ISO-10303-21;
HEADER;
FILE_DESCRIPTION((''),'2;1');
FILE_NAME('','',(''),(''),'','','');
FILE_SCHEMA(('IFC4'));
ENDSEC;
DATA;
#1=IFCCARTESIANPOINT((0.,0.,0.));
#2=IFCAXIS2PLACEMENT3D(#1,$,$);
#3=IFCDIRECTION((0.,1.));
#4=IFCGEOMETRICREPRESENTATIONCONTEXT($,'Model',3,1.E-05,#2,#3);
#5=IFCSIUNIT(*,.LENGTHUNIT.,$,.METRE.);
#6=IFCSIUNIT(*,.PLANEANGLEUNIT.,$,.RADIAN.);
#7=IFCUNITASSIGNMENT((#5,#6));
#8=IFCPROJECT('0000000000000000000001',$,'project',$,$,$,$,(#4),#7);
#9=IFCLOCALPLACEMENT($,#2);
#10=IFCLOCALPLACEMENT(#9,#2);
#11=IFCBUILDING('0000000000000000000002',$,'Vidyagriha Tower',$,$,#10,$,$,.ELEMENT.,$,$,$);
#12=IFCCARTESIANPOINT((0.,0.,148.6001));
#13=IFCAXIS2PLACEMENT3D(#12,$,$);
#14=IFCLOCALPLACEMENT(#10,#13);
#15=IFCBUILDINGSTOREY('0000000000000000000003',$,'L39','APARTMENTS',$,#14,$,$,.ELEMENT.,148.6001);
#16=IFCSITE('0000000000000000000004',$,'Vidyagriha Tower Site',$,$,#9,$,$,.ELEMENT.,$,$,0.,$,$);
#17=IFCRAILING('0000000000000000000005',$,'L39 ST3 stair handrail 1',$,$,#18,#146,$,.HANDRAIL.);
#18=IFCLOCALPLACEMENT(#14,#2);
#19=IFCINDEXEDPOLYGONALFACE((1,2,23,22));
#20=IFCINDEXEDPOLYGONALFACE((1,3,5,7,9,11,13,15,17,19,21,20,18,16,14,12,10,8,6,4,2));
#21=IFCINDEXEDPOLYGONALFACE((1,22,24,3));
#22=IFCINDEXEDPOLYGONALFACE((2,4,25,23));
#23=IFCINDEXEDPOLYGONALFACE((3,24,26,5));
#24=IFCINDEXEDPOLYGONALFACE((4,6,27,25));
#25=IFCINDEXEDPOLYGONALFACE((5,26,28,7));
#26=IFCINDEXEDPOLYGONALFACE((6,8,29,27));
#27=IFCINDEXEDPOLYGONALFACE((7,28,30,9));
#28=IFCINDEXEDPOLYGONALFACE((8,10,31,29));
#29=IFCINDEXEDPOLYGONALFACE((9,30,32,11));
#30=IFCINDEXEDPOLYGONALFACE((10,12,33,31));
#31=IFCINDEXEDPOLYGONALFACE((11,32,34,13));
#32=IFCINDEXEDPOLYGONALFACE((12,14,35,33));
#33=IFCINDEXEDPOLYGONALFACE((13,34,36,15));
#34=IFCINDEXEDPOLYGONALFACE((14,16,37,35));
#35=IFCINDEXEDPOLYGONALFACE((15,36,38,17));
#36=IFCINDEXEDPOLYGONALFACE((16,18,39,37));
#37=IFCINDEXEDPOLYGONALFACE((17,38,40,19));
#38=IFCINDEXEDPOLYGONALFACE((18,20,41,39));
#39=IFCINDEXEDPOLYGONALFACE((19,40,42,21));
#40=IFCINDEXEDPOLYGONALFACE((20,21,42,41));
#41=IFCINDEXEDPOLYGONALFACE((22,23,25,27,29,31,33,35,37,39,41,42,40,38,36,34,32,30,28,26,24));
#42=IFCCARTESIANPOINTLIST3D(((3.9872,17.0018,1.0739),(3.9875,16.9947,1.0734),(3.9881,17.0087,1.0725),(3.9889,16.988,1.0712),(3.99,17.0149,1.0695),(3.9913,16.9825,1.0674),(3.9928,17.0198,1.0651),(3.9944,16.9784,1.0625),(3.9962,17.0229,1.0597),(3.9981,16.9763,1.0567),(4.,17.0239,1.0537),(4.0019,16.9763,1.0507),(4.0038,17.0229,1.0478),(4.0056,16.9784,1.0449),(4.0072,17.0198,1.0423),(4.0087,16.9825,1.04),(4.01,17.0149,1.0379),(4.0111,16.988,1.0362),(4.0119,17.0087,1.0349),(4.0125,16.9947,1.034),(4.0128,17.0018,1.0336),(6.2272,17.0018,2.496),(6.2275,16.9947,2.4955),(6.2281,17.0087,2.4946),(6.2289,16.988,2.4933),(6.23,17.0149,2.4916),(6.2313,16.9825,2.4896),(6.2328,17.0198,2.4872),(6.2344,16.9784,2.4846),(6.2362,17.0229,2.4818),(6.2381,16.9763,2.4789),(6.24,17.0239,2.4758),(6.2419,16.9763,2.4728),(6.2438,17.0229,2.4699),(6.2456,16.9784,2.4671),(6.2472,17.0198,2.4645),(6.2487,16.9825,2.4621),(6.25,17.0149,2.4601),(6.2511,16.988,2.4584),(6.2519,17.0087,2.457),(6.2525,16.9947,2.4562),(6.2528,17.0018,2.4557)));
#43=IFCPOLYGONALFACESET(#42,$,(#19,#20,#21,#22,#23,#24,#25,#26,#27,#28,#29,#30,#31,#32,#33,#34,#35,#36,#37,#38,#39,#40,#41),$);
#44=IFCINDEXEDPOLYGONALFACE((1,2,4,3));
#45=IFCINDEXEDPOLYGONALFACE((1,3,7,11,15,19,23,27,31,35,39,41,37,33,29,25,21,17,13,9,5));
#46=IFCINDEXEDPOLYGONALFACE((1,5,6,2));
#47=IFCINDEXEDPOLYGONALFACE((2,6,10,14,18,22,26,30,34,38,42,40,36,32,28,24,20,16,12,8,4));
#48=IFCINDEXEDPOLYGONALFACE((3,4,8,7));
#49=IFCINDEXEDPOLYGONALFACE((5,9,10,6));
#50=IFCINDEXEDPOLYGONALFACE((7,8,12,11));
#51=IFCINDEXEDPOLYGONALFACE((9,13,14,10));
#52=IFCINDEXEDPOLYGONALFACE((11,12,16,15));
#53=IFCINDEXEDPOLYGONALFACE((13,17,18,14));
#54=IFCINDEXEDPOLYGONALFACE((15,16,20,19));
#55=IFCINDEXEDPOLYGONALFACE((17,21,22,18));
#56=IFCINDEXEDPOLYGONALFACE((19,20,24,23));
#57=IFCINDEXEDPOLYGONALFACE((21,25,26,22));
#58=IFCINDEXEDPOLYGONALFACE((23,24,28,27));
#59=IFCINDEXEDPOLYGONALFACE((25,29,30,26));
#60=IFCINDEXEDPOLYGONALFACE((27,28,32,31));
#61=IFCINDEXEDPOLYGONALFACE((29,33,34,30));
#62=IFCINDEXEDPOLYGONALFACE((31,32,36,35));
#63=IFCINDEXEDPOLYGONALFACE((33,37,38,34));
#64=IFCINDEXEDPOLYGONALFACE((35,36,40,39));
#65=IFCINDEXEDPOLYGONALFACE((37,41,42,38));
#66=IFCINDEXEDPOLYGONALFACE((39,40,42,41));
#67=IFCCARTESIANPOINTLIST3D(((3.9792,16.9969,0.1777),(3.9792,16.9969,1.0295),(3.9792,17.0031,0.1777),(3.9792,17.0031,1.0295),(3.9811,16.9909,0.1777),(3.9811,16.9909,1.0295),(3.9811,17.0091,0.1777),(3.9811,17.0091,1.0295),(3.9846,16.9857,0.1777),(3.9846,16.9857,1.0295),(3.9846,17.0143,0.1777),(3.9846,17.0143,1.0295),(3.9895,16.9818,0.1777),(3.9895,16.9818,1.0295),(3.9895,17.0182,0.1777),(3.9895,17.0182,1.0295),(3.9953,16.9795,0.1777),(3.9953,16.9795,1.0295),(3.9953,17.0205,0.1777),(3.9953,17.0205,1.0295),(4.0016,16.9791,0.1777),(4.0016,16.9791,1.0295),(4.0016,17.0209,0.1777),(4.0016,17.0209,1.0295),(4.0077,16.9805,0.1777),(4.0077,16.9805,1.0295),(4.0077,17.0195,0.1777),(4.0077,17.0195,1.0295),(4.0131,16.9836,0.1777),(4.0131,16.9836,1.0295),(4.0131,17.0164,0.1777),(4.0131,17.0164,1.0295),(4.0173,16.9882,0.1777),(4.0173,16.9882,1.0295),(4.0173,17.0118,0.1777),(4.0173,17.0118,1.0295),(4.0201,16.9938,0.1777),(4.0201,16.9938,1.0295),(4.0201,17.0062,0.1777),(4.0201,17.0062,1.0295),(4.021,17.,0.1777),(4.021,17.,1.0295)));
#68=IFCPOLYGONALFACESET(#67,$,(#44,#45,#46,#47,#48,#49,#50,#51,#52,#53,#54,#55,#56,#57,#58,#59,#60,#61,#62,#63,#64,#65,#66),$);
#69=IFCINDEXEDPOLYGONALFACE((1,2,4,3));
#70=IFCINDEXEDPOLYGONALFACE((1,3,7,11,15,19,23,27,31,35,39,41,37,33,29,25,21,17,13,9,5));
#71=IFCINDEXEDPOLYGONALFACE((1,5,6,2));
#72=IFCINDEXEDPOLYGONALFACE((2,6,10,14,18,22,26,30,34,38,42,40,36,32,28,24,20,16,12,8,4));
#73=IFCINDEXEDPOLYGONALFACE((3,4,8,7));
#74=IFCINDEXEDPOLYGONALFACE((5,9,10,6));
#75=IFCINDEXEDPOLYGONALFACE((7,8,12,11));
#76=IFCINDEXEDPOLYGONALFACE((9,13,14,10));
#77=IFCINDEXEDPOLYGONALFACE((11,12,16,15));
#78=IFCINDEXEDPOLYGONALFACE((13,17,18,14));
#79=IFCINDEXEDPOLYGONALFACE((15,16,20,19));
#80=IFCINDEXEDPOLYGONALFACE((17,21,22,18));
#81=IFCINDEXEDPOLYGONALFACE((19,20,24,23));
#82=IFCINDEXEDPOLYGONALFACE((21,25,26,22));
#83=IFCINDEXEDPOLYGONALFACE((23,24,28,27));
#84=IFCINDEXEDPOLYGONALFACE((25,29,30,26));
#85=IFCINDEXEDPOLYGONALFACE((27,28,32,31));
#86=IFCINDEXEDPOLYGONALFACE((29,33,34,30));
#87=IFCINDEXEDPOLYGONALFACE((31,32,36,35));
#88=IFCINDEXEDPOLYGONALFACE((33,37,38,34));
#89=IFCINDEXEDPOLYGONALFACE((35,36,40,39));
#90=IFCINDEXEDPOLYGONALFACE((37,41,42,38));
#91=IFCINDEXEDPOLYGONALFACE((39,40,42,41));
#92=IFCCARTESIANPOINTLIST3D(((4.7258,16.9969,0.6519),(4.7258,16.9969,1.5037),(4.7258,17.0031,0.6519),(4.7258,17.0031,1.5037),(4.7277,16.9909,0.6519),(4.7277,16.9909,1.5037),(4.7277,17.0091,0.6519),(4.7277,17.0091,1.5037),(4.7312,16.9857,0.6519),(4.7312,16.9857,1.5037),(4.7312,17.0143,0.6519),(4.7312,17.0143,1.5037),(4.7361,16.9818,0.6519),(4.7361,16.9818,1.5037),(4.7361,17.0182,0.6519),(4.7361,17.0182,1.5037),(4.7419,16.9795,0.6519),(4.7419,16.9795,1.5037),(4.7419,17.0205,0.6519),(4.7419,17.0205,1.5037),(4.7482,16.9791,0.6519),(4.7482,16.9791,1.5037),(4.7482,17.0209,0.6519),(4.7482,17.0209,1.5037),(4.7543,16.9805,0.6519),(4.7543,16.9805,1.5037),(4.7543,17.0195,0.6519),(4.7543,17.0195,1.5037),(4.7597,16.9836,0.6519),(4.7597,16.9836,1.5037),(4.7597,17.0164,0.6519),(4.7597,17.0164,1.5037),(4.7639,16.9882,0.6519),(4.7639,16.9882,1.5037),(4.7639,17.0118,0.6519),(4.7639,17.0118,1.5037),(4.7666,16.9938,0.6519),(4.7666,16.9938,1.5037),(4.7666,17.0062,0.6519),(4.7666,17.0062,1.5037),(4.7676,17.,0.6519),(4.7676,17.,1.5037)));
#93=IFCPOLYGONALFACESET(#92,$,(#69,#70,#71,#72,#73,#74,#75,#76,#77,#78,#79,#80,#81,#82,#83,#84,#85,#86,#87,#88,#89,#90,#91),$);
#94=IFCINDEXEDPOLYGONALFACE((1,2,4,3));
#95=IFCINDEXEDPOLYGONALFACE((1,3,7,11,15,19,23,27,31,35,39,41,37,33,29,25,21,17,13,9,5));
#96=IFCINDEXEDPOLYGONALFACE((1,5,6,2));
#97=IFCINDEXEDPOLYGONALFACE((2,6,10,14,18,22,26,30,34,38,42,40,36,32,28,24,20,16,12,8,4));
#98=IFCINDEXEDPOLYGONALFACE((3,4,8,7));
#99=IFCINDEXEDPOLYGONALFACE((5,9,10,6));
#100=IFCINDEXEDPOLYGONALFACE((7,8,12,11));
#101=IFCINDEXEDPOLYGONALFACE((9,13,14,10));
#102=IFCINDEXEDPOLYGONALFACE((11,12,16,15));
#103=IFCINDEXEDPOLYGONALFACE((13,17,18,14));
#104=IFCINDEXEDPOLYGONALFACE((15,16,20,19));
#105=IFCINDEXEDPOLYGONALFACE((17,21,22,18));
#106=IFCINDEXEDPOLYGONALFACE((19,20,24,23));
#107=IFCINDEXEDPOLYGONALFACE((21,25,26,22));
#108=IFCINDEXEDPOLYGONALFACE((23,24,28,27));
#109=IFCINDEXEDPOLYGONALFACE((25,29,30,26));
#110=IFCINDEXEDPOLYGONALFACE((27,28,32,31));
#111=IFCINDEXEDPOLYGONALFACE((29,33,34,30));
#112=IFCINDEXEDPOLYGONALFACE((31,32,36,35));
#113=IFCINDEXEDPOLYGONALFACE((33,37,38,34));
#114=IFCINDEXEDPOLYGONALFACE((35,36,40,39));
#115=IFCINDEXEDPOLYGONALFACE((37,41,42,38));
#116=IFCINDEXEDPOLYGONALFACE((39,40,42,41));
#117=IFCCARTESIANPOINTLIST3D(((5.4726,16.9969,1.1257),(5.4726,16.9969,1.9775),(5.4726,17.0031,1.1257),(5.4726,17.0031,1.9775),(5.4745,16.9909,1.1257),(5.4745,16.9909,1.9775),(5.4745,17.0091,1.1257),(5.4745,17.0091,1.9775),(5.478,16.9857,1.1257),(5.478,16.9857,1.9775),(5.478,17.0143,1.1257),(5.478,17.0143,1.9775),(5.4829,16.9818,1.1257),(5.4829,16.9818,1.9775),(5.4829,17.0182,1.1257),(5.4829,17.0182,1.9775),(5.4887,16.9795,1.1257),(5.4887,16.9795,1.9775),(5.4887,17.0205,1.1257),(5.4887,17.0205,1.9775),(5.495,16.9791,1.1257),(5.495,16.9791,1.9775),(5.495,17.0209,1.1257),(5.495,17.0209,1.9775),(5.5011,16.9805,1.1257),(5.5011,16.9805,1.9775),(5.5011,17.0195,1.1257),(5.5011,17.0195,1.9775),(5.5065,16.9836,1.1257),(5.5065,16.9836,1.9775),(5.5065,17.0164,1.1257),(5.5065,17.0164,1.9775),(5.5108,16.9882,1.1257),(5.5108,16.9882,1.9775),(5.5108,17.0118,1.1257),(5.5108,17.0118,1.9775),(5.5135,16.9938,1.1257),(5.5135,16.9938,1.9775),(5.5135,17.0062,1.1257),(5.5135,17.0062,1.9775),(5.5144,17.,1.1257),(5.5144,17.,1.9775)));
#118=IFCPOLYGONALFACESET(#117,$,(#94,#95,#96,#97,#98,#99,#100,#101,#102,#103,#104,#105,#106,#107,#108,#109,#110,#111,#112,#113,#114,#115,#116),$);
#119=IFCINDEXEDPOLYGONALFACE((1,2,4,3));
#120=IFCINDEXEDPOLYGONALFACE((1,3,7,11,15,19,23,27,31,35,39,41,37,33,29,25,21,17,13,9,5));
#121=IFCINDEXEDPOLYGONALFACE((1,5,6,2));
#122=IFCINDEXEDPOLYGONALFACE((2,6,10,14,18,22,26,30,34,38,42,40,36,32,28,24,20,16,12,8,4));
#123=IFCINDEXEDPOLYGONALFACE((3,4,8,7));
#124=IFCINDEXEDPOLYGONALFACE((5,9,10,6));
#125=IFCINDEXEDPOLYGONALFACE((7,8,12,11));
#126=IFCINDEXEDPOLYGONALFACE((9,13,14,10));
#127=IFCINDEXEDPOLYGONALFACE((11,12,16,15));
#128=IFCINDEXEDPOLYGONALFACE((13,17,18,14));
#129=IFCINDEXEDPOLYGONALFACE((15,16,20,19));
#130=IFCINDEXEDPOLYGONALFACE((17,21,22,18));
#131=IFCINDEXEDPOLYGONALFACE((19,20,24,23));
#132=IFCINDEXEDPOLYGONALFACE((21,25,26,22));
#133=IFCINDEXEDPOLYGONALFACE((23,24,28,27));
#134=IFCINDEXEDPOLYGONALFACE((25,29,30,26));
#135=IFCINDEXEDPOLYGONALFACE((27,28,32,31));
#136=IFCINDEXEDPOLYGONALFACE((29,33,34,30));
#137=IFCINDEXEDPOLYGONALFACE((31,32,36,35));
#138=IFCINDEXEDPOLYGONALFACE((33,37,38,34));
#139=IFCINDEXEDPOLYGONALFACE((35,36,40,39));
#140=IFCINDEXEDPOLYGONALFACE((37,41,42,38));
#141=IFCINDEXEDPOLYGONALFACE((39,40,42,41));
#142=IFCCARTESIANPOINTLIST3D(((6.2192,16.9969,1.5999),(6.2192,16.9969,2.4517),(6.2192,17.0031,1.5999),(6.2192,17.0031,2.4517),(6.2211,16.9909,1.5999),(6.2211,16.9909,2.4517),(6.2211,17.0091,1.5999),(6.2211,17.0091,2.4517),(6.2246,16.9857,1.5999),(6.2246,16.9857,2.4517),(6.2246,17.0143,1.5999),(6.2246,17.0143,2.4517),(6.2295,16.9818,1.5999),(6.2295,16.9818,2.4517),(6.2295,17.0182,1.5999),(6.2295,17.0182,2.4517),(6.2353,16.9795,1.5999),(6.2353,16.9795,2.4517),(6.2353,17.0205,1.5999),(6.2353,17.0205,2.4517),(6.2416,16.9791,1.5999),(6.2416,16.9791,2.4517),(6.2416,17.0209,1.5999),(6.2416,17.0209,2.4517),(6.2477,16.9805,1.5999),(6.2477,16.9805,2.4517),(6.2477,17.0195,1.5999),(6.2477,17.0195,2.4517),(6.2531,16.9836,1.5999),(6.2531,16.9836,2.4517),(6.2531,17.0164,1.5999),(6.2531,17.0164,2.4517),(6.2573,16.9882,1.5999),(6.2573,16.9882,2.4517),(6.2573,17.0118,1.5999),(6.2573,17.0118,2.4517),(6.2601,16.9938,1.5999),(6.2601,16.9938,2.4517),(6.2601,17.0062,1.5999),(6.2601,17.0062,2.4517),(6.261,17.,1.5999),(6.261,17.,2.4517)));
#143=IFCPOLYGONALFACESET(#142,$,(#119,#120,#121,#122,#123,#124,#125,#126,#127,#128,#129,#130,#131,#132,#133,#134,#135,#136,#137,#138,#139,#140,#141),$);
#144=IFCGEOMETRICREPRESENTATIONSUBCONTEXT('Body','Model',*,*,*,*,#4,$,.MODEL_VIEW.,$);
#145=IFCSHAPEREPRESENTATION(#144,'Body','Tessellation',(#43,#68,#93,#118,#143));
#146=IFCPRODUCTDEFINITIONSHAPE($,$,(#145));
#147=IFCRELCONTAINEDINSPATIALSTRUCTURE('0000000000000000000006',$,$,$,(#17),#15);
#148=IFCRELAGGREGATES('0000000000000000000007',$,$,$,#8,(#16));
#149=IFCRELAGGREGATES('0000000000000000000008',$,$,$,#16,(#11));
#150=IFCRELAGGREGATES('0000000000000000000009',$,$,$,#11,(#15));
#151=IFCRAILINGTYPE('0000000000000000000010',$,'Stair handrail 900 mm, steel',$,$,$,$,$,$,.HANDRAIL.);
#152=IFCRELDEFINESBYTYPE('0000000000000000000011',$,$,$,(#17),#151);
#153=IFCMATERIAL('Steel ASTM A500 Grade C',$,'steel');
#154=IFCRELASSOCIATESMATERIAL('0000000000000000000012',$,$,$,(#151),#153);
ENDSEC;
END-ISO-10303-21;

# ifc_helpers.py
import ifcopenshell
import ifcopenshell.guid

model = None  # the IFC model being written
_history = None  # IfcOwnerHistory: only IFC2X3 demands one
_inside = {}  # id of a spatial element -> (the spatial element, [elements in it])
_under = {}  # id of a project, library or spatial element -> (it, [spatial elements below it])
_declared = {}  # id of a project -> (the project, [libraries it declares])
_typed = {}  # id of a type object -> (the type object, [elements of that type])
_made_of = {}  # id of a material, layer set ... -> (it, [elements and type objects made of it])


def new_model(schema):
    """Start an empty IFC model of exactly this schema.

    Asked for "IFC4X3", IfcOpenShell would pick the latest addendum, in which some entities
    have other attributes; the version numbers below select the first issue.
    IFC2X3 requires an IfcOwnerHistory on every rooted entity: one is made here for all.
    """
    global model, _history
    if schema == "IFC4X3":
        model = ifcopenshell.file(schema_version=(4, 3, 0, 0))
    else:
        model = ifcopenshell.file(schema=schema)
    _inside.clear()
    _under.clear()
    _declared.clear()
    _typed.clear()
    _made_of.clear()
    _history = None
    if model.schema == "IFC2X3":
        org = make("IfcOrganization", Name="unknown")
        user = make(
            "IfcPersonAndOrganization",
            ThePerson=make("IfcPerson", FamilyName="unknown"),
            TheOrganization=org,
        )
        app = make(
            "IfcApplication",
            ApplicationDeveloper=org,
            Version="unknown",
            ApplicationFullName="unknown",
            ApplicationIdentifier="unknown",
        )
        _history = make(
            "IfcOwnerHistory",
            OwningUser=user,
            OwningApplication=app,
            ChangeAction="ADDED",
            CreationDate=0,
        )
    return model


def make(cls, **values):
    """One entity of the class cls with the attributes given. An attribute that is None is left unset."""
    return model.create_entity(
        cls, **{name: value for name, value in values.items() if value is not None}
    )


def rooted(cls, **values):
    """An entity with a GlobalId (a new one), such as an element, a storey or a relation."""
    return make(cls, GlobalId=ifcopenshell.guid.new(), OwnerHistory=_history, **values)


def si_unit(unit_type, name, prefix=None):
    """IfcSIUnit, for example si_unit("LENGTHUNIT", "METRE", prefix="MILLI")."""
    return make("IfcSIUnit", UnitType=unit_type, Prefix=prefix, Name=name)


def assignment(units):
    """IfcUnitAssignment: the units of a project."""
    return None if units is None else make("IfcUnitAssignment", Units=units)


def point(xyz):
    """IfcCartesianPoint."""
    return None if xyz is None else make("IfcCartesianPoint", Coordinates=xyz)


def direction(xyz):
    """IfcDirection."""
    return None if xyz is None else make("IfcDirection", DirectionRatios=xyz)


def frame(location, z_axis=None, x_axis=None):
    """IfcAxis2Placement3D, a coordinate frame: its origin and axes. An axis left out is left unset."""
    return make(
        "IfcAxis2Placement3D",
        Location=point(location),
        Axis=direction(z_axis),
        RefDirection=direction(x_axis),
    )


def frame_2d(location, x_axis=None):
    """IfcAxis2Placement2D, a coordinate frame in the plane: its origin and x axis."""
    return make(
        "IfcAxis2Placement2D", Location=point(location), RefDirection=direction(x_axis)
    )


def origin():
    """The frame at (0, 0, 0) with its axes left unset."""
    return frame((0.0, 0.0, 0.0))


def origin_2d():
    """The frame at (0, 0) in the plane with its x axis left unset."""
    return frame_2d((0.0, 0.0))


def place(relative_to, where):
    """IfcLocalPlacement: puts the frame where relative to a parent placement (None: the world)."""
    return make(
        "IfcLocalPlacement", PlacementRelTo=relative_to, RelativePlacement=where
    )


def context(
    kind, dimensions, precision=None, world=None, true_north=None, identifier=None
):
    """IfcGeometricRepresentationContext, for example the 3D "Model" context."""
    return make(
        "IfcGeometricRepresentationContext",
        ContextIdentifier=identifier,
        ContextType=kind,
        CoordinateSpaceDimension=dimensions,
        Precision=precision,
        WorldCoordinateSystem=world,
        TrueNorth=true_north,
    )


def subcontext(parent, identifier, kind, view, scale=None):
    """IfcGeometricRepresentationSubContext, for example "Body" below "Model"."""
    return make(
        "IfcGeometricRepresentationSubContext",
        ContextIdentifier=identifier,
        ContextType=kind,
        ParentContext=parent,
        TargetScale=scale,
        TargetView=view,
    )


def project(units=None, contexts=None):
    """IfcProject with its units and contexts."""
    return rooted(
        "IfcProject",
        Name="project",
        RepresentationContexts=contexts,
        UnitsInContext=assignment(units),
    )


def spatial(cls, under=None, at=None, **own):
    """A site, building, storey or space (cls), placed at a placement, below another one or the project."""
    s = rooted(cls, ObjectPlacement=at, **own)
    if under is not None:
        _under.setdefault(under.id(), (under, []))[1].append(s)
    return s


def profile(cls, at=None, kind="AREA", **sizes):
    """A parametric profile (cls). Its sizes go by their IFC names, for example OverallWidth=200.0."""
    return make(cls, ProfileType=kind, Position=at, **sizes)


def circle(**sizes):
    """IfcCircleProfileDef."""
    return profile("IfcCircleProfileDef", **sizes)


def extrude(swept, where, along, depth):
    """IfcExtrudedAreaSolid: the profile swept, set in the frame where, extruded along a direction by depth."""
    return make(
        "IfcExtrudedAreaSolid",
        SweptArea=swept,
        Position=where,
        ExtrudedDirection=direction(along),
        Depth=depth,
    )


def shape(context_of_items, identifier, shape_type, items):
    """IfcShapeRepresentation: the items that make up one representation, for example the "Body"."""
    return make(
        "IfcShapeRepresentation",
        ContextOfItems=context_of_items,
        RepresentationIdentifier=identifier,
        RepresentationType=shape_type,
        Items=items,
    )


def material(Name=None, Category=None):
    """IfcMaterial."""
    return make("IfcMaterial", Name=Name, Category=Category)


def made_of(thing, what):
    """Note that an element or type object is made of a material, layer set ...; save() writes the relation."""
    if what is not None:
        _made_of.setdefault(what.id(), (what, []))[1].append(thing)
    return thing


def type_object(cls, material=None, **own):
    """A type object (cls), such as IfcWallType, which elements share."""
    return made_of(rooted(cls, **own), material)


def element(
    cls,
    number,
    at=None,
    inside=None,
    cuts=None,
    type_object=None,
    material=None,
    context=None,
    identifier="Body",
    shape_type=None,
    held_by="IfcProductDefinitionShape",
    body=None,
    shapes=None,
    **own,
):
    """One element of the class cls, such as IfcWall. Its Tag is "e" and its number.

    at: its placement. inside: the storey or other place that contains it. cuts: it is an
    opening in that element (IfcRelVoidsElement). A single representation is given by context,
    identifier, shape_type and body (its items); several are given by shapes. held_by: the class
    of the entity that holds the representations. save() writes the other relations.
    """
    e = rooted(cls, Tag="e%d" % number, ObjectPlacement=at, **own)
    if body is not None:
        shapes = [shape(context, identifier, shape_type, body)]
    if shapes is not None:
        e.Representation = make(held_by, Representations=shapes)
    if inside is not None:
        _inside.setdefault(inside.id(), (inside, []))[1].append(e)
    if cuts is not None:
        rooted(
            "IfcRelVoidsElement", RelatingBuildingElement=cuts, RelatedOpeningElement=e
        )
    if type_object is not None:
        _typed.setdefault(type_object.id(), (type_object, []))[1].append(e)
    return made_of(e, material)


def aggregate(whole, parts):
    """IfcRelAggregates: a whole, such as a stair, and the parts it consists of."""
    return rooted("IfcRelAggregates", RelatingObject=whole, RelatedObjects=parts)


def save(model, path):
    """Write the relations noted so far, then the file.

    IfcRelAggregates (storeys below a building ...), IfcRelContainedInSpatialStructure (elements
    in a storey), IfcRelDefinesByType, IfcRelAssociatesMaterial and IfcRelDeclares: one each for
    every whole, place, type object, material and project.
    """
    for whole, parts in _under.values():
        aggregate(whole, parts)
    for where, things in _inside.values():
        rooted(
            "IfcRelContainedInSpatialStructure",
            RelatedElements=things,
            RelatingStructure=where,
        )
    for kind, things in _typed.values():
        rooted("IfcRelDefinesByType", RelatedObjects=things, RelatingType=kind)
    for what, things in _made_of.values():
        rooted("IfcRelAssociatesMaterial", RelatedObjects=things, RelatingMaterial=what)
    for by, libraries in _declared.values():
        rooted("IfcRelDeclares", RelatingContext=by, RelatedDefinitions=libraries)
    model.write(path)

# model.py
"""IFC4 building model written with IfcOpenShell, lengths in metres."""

from ifc_helpers import new_model, si_unit, direction, frame, origin, origin_2d, place, context, subcontext, project, spatial, circle, extrude, material, type_object, element, save


model = new_model("IFC4")

# Units and contexts
model_context = context("Model", 3, precision=1e-05, world=origin(), true_north=direction((0.0, 1.0)))
body_context = subcontext(model_context, "Body", "Model", "MODEL_VIEW")
ifc_project = project(units=[si_unit("LENGTHUNIT", "METRE"), si_unit("PLANEANGLEUNIT", "RADIAN")], contexts=[model_context])

# Site, building, storey
site_placement = place(None, origin())
site = spatial("IfcSite", under=ifc_project, at=site_placement, Name="Vidyagriha Tower Site", CompositionType="ELEMENT", RefElevation=0.0)
building_placement = place(site_placement, origin())
building = spatial("IfcBuilding", under=site, at=building_placement, Name="Vidyagriha Tower", CompositionType="ELEMENT")
storey_placement = place(building_placement, frame((0.0, 0.0, 148.6001)))
storey = spatial("IfcBuildingStorey", under=building, at=storey_placement, Name="L39", Description="APARTMENTS", CompositionType="ELEMENT", Elevation=148.6001)

# Railing
ifc_material_1 = material(Name="Steel ASTM A500 Grade C", Category="steel")
railing_type_1 = type_object("IfcRailingType", Name="Stair handrail 900 mm, steel", PredefinedType="HANDRAIL", material=ifc_material_1)
railing_1_placement = place(storey_placement, frame((4.0, 17.0, 0.1777)))
element("IfcRailing", 1, at=railing_1_placement, inside=storey, type_object=railing_type_1, Name="L39 ST3 stair handrail 1", PredefinedType="HANDRAIL", context=body_context, shape_type="SweptSolid", body=[
    extrude(circle(Radius=0.0239, at=origin_2d()), frame((0.0, 0.0, 0.876), z_axis=(0.844229, 0.0, 0.535982), x_axis=(0.0, 1.0, 0.0)), (0.0, 0.0, 1.0), 2.6533),
    extrude(circle(Radius=0.021, at=origin_2d()), origin(), (0.0, 0.0, 1.0), 0.8518),
    extrude(circle(Radius=0.021, at=origin_2d()), frame((0.7466, 0.0, 0.4741)), (0.0, 0.0, 1.0), 0.8518),
    extrude(circle(Radius=0.021, at=origin_2d()), frame((1.4934, 0.0, 0.948)), (0.0, 0.0, 1.0), 0.8518),
    extrude(circle(Radius=0.021, at=origin_2d()), frame((2.24, 0.0, 1.4221)), (0.0, 0.0, 1.0), 0.8518),
])

save(model, "model.ifc")
